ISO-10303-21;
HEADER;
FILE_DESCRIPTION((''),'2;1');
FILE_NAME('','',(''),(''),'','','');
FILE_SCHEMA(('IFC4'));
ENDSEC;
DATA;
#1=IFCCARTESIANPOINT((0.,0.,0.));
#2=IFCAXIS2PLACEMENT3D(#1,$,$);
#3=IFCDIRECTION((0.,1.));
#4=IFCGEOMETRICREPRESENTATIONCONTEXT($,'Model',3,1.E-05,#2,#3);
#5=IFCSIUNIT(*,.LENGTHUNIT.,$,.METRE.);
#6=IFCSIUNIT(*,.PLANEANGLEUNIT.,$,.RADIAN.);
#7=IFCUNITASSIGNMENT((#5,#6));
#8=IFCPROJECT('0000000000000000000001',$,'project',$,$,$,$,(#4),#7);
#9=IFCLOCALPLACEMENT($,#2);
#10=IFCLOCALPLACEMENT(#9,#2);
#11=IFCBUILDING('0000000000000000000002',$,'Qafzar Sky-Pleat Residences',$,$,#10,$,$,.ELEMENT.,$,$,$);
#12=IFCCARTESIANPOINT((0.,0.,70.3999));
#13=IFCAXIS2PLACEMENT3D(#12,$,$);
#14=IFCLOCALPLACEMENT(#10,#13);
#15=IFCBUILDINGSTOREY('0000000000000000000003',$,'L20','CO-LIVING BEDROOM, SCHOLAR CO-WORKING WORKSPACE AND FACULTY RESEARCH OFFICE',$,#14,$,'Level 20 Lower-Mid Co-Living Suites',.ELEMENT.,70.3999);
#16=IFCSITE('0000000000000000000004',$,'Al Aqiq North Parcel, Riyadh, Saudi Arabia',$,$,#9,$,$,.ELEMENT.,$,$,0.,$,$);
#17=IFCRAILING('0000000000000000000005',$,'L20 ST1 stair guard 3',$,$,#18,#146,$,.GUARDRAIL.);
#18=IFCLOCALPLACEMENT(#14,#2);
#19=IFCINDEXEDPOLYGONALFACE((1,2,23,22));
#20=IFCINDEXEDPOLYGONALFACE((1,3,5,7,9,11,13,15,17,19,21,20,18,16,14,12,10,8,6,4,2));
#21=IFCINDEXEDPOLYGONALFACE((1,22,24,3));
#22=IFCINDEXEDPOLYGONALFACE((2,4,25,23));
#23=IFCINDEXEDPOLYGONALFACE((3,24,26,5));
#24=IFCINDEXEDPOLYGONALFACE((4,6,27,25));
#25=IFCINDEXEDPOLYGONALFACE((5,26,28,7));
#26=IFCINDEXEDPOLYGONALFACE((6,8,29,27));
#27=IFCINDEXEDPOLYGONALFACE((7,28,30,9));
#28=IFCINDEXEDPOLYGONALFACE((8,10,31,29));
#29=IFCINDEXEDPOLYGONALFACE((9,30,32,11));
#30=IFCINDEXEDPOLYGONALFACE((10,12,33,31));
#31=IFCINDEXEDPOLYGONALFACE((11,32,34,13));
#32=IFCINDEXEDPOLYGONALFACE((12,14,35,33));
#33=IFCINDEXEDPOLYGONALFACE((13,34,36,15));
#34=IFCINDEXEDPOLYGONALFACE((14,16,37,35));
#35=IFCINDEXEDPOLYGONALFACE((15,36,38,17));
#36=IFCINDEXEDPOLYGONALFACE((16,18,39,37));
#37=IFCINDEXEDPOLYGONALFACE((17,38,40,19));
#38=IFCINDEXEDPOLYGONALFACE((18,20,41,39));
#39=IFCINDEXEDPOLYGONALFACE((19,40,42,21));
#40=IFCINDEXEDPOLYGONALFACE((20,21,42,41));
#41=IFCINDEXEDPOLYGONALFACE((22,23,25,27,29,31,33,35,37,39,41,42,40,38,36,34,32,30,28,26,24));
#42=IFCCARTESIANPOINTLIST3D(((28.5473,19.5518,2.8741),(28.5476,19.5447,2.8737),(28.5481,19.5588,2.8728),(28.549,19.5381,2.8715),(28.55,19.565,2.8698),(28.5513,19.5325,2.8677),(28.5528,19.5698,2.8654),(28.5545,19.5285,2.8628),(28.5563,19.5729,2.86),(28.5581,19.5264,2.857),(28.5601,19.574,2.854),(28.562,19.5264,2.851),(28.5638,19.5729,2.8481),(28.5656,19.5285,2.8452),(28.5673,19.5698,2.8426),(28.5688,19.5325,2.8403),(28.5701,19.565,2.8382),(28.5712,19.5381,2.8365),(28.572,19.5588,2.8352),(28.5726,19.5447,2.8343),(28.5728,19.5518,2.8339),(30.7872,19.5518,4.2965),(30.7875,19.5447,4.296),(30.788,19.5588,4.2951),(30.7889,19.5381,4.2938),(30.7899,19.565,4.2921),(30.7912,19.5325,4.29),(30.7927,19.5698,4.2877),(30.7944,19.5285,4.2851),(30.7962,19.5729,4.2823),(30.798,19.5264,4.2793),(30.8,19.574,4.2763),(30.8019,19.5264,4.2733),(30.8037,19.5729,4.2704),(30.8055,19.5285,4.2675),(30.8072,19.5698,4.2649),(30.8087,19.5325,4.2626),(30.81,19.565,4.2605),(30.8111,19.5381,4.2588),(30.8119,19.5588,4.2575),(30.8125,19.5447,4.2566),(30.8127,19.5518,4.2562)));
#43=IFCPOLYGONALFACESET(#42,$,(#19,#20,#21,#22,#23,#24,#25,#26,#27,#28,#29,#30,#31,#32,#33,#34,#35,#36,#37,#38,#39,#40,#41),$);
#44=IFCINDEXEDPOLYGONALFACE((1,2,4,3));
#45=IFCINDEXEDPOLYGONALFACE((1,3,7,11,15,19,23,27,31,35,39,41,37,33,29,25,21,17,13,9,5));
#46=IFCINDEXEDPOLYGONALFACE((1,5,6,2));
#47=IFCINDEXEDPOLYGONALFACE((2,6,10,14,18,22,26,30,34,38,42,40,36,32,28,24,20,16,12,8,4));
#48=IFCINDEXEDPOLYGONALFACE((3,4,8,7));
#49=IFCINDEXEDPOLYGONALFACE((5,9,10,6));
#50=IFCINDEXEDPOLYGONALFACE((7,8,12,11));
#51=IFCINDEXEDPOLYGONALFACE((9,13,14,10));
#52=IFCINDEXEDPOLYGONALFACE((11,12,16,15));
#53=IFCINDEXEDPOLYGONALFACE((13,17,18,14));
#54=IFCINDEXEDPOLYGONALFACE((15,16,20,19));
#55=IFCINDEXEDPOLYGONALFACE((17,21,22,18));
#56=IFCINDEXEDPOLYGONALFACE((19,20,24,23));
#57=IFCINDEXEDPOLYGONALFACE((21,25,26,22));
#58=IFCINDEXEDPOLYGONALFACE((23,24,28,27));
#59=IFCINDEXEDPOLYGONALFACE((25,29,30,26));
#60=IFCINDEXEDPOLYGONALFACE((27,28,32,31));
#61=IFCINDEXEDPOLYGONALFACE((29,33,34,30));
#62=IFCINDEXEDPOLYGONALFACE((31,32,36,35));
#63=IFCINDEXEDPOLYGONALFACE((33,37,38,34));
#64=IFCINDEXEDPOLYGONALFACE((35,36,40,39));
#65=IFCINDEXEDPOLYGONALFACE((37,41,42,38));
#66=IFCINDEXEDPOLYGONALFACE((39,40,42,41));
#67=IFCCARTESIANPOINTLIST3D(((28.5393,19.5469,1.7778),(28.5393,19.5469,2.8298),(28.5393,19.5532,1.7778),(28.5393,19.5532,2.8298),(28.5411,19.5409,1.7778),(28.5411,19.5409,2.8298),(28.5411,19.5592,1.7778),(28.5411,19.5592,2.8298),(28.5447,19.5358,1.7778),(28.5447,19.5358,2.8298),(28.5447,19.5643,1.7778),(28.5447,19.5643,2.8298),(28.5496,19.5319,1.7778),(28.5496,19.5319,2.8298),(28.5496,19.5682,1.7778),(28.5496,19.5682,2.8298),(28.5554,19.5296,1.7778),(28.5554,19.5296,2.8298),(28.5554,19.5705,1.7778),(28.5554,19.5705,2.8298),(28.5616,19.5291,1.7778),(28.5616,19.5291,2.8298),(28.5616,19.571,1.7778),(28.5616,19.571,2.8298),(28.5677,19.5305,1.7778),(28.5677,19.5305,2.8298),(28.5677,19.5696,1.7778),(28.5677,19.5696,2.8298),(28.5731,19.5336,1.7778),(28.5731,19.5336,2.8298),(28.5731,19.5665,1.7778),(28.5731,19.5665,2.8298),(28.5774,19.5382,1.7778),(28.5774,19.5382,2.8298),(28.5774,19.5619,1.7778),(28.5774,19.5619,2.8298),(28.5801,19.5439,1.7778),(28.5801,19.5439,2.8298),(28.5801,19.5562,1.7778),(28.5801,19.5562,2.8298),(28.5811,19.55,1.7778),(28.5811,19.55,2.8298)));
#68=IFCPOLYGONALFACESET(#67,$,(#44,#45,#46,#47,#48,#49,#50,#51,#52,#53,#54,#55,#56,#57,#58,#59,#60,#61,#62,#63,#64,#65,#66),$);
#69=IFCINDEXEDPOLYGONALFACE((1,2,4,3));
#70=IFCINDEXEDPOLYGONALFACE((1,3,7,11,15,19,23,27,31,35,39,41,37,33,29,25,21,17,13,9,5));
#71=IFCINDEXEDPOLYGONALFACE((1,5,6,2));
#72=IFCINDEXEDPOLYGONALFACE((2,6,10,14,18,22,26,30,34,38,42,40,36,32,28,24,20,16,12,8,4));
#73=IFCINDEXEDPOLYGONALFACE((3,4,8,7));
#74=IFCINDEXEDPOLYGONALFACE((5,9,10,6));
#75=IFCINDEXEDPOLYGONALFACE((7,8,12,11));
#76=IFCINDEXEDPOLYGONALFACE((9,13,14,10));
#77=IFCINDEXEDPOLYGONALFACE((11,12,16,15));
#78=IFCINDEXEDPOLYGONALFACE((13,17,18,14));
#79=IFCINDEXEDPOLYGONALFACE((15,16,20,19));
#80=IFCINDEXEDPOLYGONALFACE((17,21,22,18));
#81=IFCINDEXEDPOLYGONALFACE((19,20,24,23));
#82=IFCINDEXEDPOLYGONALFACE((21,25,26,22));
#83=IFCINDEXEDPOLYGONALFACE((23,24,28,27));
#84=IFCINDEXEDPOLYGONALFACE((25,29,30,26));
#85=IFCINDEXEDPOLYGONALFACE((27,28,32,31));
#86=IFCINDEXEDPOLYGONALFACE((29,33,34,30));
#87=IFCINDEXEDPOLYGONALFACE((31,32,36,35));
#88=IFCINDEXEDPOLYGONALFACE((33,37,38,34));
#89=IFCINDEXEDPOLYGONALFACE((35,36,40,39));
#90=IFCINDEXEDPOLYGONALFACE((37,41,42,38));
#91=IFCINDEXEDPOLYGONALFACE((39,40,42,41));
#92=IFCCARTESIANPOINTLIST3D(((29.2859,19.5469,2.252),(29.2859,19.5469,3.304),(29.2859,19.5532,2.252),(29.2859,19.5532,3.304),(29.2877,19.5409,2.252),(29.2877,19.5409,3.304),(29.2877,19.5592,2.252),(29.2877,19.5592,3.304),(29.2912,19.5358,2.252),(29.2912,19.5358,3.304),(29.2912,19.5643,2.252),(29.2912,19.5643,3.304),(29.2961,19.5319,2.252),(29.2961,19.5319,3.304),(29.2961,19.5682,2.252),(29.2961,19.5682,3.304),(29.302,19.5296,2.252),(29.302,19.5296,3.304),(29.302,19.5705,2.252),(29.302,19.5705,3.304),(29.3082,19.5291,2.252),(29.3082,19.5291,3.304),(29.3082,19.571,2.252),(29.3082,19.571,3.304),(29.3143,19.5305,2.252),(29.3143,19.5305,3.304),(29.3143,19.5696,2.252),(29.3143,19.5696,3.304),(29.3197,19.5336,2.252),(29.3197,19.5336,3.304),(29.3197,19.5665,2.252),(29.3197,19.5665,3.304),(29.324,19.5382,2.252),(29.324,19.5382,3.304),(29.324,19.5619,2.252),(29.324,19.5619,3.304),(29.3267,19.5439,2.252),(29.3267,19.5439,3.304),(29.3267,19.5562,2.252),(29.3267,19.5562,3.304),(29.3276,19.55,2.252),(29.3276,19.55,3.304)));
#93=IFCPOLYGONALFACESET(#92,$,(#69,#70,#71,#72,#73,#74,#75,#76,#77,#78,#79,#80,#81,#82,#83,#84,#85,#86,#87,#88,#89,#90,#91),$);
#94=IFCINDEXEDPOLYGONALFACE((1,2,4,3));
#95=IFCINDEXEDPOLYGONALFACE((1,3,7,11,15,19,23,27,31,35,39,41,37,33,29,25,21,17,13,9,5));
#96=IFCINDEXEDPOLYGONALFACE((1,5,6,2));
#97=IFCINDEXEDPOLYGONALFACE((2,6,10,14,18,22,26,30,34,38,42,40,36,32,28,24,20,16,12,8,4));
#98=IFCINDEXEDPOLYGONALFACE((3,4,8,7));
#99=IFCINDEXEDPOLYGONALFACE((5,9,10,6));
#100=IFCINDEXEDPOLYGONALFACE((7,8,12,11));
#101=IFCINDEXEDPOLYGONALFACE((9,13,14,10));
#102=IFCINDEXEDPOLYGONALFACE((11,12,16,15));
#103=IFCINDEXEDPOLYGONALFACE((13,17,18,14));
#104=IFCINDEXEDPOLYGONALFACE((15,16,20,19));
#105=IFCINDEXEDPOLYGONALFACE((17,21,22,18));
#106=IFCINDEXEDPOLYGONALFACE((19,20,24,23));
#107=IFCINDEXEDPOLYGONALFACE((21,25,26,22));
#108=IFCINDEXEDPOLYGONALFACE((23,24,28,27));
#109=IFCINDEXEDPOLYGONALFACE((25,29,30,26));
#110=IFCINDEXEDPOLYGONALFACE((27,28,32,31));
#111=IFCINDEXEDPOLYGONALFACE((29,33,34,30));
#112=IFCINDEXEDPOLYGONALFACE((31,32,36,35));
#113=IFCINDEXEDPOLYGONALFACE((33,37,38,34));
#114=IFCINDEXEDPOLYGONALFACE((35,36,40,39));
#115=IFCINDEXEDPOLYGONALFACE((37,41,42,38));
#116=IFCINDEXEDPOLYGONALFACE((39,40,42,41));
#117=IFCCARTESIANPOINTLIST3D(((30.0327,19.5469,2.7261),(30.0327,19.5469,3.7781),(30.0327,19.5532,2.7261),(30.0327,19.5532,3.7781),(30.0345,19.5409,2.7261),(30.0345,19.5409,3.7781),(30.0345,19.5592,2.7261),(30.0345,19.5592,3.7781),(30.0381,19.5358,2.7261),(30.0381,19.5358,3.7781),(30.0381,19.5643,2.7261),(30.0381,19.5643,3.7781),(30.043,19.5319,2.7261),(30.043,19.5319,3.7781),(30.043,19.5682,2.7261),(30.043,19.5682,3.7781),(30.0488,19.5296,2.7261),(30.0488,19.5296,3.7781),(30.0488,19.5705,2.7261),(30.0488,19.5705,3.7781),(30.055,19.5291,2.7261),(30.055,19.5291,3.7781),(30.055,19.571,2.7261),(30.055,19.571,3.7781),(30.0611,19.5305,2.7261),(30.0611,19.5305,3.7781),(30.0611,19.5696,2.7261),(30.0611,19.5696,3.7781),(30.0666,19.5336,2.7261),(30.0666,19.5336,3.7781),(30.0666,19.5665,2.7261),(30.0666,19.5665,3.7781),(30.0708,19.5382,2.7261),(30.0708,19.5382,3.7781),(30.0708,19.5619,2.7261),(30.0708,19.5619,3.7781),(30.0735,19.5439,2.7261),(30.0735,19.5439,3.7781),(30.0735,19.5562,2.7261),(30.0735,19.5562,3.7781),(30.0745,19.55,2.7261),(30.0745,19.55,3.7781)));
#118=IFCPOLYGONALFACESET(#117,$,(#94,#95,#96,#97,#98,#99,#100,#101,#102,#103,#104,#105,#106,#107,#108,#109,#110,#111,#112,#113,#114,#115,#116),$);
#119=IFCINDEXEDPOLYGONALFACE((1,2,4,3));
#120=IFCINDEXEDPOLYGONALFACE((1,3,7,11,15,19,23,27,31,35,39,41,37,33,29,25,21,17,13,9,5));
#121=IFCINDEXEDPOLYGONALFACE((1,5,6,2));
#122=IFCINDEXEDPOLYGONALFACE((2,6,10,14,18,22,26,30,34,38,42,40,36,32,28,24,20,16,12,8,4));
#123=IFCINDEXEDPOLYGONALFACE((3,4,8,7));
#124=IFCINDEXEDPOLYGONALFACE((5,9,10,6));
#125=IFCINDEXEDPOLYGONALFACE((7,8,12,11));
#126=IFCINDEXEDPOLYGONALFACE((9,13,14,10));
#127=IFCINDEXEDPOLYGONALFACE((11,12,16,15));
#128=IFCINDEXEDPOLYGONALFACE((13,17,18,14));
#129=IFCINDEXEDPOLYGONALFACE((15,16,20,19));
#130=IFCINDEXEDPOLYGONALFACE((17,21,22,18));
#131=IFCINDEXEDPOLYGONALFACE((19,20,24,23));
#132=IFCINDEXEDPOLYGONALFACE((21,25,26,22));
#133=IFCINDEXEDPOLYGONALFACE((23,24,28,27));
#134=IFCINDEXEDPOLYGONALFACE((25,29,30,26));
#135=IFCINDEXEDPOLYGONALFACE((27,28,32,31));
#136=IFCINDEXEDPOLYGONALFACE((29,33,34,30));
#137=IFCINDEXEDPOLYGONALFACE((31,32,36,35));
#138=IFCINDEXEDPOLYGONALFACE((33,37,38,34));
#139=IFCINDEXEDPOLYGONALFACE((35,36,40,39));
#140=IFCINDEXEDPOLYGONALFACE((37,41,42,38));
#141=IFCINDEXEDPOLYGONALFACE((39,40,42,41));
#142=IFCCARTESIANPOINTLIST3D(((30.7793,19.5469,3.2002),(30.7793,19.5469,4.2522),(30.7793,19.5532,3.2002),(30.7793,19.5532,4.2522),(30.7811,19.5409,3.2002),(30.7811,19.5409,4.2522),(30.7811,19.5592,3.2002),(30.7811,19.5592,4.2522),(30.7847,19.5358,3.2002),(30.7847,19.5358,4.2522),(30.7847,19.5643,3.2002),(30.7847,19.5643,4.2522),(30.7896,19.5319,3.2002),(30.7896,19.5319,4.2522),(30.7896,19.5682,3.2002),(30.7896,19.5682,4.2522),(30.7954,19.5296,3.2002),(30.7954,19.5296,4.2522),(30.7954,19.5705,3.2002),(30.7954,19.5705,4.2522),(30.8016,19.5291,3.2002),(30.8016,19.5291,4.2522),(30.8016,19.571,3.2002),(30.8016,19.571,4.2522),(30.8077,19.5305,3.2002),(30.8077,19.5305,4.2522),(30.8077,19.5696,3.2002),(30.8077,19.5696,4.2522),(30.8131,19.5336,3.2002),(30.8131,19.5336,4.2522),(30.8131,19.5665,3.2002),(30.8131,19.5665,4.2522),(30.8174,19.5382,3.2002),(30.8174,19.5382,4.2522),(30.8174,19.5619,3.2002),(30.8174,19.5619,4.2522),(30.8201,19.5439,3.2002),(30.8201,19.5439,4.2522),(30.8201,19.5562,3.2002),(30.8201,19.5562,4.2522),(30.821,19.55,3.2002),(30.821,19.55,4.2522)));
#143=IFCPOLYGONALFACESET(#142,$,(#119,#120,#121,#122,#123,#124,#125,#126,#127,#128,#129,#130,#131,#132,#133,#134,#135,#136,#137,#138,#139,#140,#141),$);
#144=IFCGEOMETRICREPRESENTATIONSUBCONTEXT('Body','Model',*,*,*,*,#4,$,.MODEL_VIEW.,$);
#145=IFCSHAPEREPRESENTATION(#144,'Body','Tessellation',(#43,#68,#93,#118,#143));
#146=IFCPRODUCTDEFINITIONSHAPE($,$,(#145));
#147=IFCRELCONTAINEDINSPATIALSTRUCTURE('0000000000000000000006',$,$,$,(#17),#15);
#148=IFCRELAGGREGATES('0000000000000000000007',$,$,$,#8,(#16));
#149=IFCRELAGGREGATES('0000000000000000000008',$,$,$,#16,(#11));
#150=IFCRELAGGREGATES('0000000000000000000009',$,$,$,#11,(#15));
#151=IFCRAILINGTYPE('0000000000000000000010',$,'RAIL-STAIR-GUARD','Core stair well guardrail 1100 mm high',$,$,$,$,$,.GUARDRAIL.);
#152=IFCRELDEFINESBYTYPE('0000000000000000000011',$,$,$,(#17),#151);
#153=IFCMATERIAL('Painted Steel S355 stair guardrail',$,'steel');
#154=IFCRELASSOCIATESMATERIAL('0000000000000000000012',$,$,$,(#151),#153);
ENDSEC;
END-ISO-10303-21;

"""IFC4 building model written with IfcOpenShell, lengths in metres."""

from ifc_helpers import new_model, si_unit, direction, frame, origin, origin_2d, place, context, subcontext, project, spatial, circle, extrude, source, transform, mapped, material, type_object, element, save


model = new_model("IFC4")

# Units and contexts
model_context = context("Model", 3, precision=1e-05, world=origin(), true_north=direction((0.0, 1.0)))
body_context = subcontext(model_context, "Body", "Model", "MODEL_VIEW")
ifc_project = project(units=[si_unit("LENGTHUNIT", "METRE"), si_unit("PLANEANGLEUNIT", "RADIAN")], contexts=[model_context])

# Site, building, storey
site_placement = place(None, origin())
site = spatial("IfcSite", under=ifc_project, at=site_placement, Name="Al Aqiq North Parcel, Riyadh, Saudi Arabia", CompositionType="ELEMENT", RefElevation=0.0)
building_placement = place(site_placement, origin())
building = spatial("IfcBuilding", under=site, at=building_placement, Name="Qafzar Sky-Pleat Residences", CompositionType="ELEMENT")
storey_placement = place(building_placement, frame((0.0, 0.0, 70.3999)))
storey = spatial("IfcBuildingStorey", under=building, at=storey_placement, Name="L20", Description="CO-LIVING BEDROOM, SCHOLAR CO-WORKING WORKSPACE AND FACULTY RESEARCH OFFICE", LongName="Level 20 Lower-Mid Co-Living Suites", CompositionType="ELEMENT", Elevation=70.3999)

# Railing
ifc_material_1 = material(Name="Painted Steel S355 stair guardrail", Category="steel")
railing_type_1 = type_object("IfcRailingType", Name="RAIL-STAIR-GUARD", Description="Core stair well guardrail 1100 mm high", PredefinedType="GUARDRAIL", material=ifc_material_1)
shared_shape_1 = source(origin(), body_context, "Body", "SweptSolid", [
    extrude(circle(Radius=0.0239, at=origin_2d()), frame((0.0, 0.0, 1.0762), z_axis=(0.844188, 0.0, 0.536048), x_axis=(0.0, 1.0, 0.0)), (0.0, 0.0, 1.0), 2.6533),
    extrude(circle(Radius=0.021, at=origin_2d()), origin(), (0.0, 0.0, 1.0), 1.052),
    extrude(circle(Radius=0.021, at=origin_2d()), frame((0.7466, 0.0, 0.4741)), (0.0, 0.0, 1.0), 1.052),
    extrude(circle(Radius=0.021, at=origin_2d()), frame((1.4934, 0.0, 0.9482)), (0.0, 0.0, 1.0), 1.052),
    extrude(circle(Radius=0.021, at=origin_2d()), frame((2.24, 0.0, 1.4224)), (0.0, 0.0, 1.0), 1.052),
])
railing_1_placement = place(storey_placement, frame((28.5601, 19.55, 1.7778)))
element("IfcRailing", 1, at=railing_1_placement, inside=storey, type_object=railing_type_1, Name="L20 ST1 stair guard 3", PredefinedType="GUARDRAIL", context=body_context, shape_type="MappedRepresentation", body=[
    mapped(shared_shape_1, transform((0.0, 0.0, 0.0), x_axis=(1.0, 0.0, 0.0), y_axis=(0.0, 1.0, 0.0), z_axis=(0.0, 0.0, 1.0), scale=1.0)),
])

save(model, "model.ifc")
